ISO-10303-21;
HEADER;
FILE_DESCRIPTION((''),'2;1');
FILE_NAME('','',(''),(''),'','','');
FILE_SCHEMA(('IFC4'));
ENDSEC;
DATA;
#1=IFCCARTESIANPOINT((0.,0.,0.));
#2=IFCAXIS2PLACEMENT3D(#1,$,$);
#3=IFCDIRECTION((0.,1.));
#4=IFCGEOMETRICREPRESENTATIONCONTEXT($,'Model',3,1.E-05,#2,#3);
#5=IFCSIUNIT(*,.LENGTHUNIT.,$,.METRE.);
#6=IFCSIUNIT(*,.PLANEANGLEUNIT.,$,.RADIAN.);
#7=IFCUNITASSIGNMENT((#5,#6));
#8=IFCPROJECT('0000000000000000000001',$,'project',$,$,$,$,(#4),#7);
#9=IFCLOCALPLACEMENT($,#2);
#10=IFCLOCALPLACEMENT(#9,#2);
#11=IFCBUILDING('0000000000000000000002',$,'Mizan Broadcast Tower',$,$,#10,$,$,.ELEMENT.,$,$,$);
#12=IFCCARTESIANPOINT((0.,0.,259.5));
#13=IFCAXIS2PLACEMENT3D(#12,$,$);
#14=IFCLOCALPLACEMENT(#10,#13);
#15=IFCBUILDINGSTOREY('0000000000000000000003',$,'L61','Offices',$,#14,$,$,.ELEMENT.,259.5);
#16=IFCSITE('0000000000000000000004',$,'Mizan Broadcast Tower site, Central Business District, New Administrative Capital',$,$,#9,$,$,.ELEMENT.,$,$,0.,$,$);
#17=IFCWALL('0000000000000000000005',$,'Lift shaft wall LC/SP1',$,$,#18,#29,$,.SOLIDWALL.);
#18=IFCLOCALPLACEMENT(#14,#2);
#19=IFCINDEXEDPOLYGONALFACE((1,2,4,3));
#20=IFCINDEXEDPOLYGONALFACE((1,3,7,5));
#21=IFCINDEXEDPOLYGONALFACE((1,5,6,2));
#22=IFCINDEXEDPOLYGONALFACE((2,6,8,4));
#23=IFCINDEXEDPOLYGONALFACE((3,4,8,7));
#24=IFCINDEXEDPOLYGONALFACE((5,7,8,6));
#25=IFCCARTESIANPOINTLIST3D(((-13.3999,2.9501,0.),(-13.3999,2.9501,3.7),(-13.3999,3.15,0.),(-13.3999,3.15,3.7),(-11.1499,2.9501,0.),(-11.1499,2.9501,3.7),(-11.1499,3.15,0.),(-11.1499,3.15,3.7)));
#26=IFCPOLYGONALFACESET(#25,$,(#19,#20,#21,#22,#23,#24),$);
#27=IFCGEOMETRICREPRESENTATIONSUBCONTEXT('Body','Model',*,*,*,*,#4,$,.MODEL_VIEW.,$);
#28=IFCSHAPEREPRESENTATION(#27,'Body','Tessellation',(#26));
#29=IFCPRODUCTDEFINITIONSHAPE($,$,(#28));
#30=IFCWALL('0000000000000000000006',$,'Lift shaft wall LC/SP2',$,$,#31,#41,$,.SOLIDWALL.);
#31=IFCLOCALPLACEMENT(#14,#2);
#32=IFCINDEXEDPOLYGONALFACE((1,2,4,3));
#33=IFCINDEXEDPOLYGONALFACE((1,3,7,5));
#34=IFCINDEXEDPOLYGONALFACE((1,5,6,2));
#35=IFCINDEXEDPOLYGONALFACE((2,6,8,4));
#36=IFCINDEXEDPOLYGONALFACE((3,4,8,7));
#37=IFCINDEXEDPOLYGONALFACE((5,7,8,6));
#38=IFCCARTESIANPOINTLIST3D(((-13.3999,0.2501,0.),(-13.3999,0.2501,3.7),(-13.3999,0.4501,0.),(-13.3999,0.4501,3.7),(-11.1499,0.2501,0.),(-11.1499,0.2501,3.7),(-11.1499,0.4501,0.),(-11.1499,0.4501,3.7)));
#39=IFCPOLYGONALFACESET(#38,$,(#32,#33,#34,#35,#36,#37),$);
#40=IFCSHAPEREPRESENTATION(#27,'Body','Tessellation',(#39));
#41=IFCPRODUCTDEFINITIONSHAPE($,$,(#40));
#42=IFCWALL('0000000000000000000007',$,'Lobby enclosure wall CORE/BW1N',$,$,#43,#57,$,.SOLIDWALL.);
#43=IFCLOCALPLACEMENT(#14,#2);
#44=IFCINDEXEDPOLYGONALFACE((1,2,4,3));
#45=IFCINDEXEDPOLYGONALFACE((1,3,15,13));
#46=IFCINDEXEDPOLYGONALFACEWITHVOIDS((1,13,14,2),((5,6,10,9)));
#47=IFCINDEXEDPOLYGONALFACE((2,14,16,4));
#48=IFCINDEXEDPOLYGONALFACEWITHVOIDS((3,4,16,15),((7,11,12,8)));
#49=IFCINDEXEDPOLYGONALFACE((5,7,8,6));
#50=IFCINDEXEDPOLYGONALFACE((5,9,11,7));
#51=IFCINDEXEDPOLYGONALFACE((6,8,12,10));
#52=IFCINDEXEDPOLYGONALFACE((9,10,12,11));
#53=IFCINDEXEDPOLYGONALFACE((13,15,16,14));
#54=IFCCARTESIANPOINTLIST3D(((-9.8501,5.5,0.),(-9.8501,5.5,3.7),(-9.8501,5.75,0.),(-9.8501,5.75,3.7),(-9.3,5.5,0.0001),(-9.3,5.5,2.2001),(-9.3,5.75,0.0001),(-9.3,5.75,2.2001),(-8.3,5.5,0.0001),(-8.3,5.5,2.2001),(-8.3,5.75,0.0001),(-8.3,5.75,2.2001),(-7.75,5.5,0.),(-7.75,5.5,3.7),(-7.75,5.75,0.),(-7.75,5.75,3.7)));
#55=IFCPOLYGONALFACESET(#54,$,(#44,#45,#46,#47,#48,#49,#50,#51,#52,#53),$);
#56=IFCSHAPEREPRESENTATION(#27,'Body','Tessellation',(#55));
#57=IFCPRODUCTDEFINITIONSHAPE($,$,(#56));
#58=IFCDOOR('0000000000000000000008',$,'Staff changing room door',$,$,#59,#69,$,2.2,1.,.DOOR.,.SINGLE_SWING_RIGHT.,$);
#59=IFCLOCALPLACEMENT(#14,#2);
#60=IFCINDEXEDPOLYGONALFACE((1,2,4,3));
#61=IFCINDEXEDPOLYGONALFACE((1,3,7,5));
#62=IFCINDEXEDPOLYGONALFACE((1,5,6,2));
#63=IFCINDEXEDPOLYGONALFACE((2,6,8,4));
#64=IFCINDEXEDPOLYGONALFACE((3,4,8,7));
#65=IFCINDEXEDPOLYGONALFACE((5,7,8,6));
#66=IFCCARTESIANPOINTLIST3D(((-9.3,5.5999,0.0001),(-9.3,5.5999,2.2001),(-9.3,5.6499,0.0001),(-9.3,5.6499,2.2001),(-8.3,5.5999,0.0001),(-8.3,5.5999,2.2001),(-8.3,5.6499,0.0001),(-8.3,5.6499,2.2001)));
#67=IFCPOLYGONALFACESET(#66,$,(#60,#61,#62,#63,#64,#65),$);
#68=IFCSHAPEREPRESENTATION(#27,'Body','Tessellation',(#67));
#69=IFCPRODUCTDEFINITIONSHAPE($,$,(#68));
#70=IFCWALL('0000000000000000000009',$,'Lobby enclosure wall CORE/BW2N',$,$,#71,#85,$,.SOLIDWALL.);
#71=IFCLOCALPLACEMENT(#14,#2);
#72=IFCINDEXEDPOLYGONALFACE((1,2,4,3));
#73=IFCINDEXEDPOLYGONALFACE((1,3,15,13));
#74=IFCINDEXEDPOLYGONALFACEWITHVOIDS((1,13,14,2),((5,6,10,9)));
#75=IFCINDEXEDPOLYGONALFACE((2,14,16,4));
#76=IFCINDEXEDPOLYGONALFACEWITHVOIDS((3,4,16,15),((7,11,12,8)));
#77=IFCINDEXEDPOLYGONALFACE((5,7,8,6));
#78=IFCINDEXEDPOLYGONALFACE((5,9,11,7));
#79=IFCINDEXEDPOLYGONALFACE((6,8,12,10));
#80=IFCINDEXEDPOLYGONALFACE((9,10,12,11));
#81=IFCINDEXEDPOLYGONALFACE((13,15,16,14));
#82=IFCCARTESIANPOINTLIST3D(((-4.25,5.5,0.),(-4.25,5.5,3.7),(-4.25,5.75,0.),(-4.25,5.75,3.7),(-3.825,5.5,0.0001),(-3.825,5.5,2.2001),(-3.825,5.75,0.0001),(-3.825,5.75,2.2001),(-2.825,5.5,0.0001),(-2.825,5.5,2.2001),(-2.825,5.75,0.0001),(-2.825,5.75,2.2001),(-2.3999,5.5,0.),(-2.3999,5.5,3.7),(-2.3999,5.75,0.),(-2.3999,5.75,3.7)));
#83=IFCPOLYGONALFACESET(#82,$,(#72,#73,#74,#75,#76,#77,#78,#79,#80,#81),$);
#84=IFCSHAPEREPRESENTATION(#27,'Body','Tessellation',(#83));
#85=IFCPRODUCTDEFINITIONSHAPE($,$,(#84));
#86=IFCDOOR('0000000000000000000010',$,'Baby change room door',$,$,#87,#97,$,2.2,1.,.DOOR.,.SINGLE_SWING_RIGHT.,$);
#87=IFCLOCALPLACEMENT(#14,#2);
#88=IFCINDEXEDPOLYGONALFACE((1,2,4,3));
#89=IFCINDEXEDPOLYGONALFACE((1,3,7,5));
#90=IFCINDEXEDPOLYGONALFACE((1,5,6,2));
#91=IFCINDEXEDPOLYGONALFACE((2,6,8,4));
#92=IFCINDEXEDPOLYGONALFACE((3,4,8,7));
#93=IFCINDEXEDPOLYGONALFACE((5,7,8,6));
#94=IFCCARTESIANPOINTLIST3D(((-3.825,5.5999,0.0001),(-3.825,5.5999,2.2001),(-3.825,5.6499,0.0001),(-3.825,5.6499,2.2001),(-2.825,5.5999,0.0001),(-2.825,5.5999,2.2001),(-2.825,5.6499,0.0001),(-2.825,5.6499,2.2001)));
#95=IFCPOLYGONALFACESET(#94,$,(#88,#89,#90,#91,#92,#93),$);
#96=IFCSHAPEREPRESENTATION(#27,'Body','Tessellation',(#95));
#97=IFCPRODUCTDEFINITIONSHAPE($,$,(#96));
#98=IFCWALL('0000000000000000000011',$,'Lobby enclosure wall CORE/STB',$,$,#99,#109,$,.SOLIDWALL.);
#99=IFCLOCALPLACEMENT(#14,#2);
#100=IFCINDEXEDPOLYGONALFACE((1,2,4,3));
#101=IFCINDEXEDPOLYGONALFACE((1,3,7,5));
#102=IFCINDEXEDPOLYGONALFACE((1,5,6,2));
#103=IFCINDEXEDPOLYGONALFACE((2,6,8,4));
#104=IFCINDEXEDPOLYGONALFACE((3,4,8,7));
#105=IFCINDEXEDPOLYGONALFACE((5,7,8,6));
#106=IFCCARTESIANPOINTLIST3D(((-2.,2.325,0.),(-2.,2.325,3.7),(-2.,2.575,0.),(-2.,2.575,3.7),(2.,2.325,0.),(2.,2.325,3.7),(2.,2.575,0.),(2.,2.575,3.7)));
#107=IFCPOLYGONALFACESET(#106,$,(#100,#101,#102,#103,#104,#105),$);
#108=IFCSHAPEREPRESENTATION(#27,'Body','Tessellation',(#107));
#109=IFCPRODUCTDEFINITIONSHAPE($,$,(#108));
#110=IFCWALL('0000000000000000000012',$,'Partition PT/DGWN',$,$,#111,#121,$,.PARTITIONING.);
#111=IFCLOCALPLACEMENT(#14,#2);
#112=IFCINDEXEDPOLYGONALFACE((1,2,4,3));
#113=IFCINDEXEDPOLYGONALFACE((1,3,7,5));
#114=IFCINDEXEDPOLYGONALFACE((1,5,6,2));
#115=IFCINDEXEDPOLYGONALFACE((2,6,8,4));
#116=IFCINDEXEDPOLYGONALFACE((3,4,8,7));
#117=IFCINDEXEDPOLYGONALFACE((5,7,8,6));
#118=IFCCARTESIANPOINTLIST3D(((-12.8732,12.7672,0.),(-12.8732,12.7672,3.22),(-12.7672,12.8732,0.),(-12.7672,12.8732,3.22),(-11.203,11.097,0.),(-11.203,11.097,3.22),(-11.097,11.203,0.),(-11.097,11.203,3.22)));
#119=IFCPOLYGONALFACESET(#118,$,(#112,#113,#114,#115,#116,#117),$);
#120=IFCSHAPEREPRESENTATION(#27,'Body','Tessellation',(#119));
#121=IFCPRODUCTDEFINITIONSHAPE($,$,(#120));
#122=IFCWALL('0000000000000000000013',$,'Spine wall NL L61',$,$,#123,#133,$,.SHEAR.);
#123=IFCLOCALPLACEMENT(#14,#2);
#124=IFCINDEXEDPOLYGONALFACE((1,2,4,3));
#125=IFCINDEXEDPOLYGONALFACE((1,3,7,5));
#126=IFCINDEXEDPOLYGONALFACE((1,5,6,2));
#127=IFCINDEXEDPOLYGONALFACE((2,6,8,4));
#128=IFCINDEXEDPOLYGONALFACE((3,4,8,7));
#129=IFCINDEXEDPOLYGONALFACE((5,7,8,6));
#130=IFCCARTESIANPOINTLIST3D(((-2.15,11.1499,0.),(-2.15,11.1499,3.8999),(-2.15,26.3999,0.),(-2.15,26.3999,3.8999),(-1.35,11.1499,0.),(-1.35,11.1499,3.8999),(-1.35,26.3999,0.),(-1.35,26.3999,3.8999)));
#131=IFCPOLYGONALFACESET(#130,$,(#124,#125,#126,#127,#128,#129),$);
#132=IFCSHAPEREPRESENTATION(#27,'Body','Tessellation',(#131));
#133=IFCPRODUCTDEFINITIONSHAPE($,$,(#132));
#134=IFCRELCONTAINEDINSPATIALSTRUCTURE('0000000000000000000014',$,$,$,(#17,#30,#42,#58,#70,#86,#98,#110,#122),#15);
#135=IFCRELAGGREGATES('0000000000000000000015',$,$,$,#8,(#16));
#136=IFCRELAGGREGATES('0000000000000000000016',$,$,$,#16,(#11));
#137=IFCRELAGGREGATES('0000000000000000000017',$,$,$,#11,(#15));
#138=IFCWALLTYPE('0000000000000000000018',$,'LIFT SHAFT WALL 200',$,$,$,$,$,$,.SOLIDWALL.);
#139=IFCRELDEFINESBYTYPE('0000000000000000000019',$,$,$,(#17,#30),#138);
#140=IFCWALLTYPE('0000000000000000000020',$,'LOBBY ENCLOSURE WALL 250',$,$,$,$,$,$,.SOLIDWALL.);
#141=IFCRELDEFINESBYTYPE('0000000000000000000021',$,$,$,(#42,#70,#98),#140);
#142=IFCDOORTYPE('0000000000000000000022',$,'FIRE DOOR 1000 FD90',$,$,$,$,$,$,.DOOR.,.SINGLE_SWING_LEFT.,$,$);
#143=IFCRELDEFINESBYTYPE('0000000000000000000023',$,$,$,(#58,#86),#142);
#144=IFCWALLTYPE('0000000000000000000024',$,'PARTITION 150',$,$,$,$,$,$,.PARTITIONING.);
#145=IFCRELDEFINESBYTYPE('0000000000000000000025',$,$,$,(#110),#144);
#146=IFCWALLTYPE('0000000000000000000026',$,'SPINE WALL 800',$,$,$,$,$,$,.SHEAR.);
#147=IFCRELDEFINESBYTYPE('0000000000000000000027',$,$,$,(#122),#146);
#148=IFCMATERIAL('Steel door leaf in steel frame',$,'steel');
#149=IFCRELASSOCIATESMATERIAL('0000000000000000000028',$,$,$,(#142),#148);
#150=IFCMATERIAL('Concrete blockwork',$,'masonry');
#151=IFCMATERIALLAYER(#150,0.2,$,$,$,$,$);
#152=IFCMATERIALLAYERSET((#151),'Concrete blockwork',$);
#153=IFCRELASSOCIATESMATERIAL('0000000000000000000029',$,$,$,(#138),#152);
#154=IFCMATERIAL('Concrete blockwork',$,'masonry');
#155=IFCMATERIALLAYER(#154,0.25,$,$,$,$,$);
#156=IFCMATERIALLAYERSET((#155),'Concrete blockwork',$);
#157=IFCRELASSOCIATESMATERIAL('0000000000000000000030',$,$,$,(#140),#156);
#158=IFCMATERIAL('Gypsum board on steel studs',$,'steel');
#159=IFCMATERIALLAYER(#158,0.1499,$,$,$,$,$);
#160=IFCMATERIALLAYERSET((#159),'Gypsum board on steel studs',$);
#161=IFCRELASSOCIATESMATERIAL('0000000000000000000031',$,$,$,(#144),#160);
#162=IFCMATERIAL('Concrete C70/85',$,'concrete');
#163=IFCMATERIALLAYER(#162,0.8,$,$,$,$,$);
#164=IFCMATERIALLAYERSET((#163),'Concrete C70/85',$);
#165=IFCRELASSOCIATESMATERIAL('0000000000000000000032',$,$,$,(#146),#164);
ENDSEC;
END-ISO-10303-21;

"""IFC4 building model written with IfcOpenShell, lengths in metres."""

from ifc_helpers import new_model, si_unit, direction, frame, frame_2d, origin, place, context, subcontext, project, spatial, rectangle, extrude, material, layer, layer_set, type_object, element, fill, save


model = new_model("IFC4")

# Units and contexts
model_context = context("Model", 3, precision=1e-05, world=origin(), true_north=direction((0.0, 1.0)))
body_context = subcontext(model_context, "Body", "Model", "MODEL_VIEW")
ifc_project = project(units=[si_unit("LENGTHUNIT", "METRE"), si_unit("PLANEANGLEUNIT", "RADIAN")], contexts=[model_context])

# Site, building, storey
site_placement = place(None, origin())
site = spatial("IfcSite", under=ifc_project, at=site_placement, Name="Mizan Broadcast Tower site, Central Business District, New Administrative Capital", CompositionType="ELEMENT", RefElevation=0.0)
building_placement = place(site_placement, origin())
building = spatial("IfcBuilding", under=site, at=building_placement, Name="Mizan Broadcast Tower", CompositionType="ELEMENT")
storey_placement = place(building_placement, frame((0.0, 0.0, 259.5)))
storey = spatial("IfcBuildingStorey", under=building, at=storey_placement, Name="L61", Description="Offices", CompositionType="ELEMENT", Elevation=259.5)

# Shared definitions
ifc_material_1 = material(Name="Steel door leaf in steel frame", Category="steel")
door_type_1 = type_object("IfcDoorType", Name="FIRE DOOR 1000 FD90", OperationType="SINGLE_SWING_LEFT", PredefinedType="DOOR", material=ifc_material_1)

# Walls
ifc_material_2 = material(Name="Concrete blockwork", Category="masonry")
ifc_layer_1 = layer(ifc_material_2, 0.2)
ifc_layer_set_1 = layer_set([ifc_layer_1], Name="Concrete blockwork")
wall_type_1 = type_object("IfcWallType", Name="LIFT SHAFT WALL 200", PredefinedType="SOLIDWALL", material=ifc_layer_set_1)
for number, where, z_axis, x_axis, name in (
    (1, (-11.1499, 3.05, 0.0), (0.0, 0.0, 1.0), (-1.0, 0.0, 0.0), "Lift shaft wall LC/SP1"),
    (2, (-11.1499, 0.3501, 0.0), (0.0, 0.0, 1.0), (-1.0, 0.0, 0.0), "Lift shaft wall LC/SP2"),
):
    element("IfcWall", number, at=place(storey_placement, frame(where, z_axis=z_axis, x_axis=x_axis)), inside=storey, type_object=wall_type_1, Name=name, PredefinedType="SOLIDWALL", context=body_context, shape_type="SweptSolid", body=[
        extrude(rectangle(XDim=2.25, YDim=0.2, at=frame_2d((1.125, 0.0))), origin(), (0.0, 0.0, 1.0), 3.7),
    ])

# Walls, openings, doors
ifc_material_3 = material(Name="Concrete blockwork", Category="masonry")
ifc_layer_2 = layer(ifc_material_3, 0.25)
ifc_layer_set_2 = layer_set([ifc_layer_2], Name="Concrete blockwork")
wall_type_2 = type_object("IfcWallType", Name="LOBBY ENCLOSURE WALL 250", PredefinedType="SOLIDWALL", material=ifc_layer_set_2)
wall_1_placement = place(storey_placement, frame((-9.8501, 5.625, 0.0), z_axis=(0.0, 0.0, 1.0), x_axis=(1.0, 0.0, 0.0)))
wall_1 = element("IfcWall", 3, at=wall_1_placement, inside=storey, type_object=wall_type_2, Name="Lobby enclosure wall CORE/BW1N", PredefinedType="SOLIDWALL", context=body_context, shape_type="SweptSolid", body=[
    extrude(rectangle(XDim=2.1001, YDim=0.25, at=frame_2d((1.05, 0.0))), origin(), (0.0, 0.0, 1.0), 3.7),
])
opening_1_placement = place(wall_1_placement, frame((0.55, 0.0, 0.0)))
opening_1 = element("IfcOpeningElement", 4, at=opening_1_placement, cuts=wall_1, PredefinedType="OPENING", context=body_context, shape_type="SweptSolid", body=[
    extrude(rectangle(XDim=1.0, YDim=2.2, at=frame_2d((0.5, 1.1001))), frame((0.0, 0.135, 0.0), z_axis=(0.0, -1.0, 0.0), x_axis=(1.0, 0.0, 0.0)), (0.0, 0.0, 1.0), 0.27),
])
door_1_placement = place(opening_1_placement, origin())
door_1 = element("IfcDoor", 5, at=door_1_placement, inside=storey, type_object=door_type_1, Name="Staff changing room door", OperationType="SINGLE_SWING_RIGHT", OverallHeight=2.2, OverallWidth=1.0, PredefinedType="DOOR", context=body_context, shape_type="SweptSolid", body=[
    extrude(rectangle(XDim=1.0, YDim=2.2, at=frame_2d((0.5, 1.1001))), frame((0.0, 0.0249, 0.0), z_axis=(0.0, -1.0, 0.0), x_axis=(1.0, 0.0, 0.0)), (0.0, 0.0, 1.0), 0.05),
])
fill(opening_1, door_1)
wall_2_placement = place(storey_placement, frame((-4.25, 5.625, 0.0), z_axis=(0.0, 0.0, 1.0), x_axis=(1.0, 0.0, 0.0)))
wall_2 = element("IfcWall", 6, at=wall_2_placement, inside=storey, type_object=wall_type_2, Name="Lobby enclosure wall CORE/BW2N", PredefinedType="SOLIDWALL", context=body_context, shape_type="SweptSolid", body=[
    extrude(rectangle(XDim=1.8501, YDim=0.25, at=frame_2d((0.925, 0.0))), origin(), (0.0, 0.0, 1.0), 3.7),
])
opening_2_placement = place(wall_2_placement, frame((0.425, 0.0, 0.0)))
opening_2 = element("IfcOpeningElement", 7, at=opening_2_placement, cuts=wall_2, PredefinedType="OPENING", context=body_context, shape_type="SweptSolid", body=[
    extrude(rectangle(XDim=1.0, YDim=2.2, at=frame_2d((0.5, 1.1001))), frame((0.0, 0.135, 0.0), z_axis=(0.0, -1.0, 0.0), x_axis=(1.0, 0.0, 0.0)), (0.0, 0.0, 1.0), 0.27),
])
door_2_placement = place(opening_2_placement, origin())
door_2 = element("IfcDoor", 8, at=door_2_placement, inside=storey, type_object=door_type_1, Name="Baby change room door", OperationType="SINGLE_SWING_RIGHT", OverallHeight=2.2, OverallWidth=1.0, PredefinedType="DOOR", context=body_context, shape_type="SweptSolid", body=[
    extrude(rectangle(XDim=1.0, YDim=2.2, at=frame_2d((0.5, 1.1001))), frame((0.0, 0.0249, 0.0), z_axis=(0.0, -1.0, 0.0), x_axis=(1.0, 0.0, 0.0)), (0.0, 0.0, 1.0), 0.05),
])
fill(opening_2, door_2)

# Walls
wall_3_placement = place(storey_placement, frame((-2.0, 2.45, 0.0), z_axis=(0.0, 0.0, 1.0), x_axis=(1.0, 0.0, 0.0)))
element("IfcWall", 9, at=wall_3_placement, inside=storey, type_object=wall_type_2, Name="Lobby enclosure wall CORE/STB", PredefinedType="SOLIDWALL", context=body_context, shape_type="SweptSolid", body=[
    extrude(rectangle(XDim=4.0, YDim=0.25, at=frame_2d((2.0, 0.0))), origin(), (0.0, 0.0, 1.0), 3.7),
])
ifc_material_4 = material(Name="Gypsum board on steel studs", Category="steel")
ifc_layer_3 = layer(ifc_material_4, 0.1499)
ifc_layer_set_3 = layer_set([ifc_layer_3], Name="Gypsum board on steel studs")
wall_type_3 = type_object("IfcWallType", Name="PARTITION 150", PredefinedType="PARTITIONING", material=ifc_layer_set_3)
wall_4_placement = place(storey_placement, frame((-11.1499, 11.1499, 0.0), z_axis=(0.0, 0.0, 1.0), x_axis=(-0.707107, 0.707107, 0.0)))
element("IfcWall", 10, at=wall_4_placement, inside=storey, type_object=wall_type_3, Name="Partition PT/DGWN", PredefinedType="PARTITIONING", context=body_context, shape_type="SweptSolid", body=[
    extrude(rectangle(XDim=2.3621, YDim=0.1499, at=frame_2d((1.1812, 0.0))), origin(), (0.0, 0.0, 1.0), 3.22),
])
ifc_material_5 = material(Name="Concrete C70/85", Category="concrete")
ifc_layer_4 = layer(ifc_material_5, 0.8)
ifc_layer_set_4 = layer_set([ifc_layer_4], Name="Concrete C70/85")
wall_type_4 = type_object("IfcWallType", Name="SPINE WALL 800", PredefinedType="SHEAR", material=ifc_layer_set_4)
wall_5_placement = place(storey_placement, frame((-1.75, 11.1499, 0.0), z_axis=(0.0, 0.0, 1.0), x_axis=(0.0, 1.0, 0.0)))
element("IfcWall", 11, at=wall_5_placement, inside=storey, type_object=wall_type_4, Name="Spine wall NL L61", PredefinedType="SHEAR", context=body_context, shape_type="SweptSolid", body=[
    extrude(rectangle(XDim=15.25, YDim=0.8, at=frame_2d((7.625, 0.0))), origin(), (0.0, 0.0, 1.0), 3.8999),
])

save(model, "model.ifc")
